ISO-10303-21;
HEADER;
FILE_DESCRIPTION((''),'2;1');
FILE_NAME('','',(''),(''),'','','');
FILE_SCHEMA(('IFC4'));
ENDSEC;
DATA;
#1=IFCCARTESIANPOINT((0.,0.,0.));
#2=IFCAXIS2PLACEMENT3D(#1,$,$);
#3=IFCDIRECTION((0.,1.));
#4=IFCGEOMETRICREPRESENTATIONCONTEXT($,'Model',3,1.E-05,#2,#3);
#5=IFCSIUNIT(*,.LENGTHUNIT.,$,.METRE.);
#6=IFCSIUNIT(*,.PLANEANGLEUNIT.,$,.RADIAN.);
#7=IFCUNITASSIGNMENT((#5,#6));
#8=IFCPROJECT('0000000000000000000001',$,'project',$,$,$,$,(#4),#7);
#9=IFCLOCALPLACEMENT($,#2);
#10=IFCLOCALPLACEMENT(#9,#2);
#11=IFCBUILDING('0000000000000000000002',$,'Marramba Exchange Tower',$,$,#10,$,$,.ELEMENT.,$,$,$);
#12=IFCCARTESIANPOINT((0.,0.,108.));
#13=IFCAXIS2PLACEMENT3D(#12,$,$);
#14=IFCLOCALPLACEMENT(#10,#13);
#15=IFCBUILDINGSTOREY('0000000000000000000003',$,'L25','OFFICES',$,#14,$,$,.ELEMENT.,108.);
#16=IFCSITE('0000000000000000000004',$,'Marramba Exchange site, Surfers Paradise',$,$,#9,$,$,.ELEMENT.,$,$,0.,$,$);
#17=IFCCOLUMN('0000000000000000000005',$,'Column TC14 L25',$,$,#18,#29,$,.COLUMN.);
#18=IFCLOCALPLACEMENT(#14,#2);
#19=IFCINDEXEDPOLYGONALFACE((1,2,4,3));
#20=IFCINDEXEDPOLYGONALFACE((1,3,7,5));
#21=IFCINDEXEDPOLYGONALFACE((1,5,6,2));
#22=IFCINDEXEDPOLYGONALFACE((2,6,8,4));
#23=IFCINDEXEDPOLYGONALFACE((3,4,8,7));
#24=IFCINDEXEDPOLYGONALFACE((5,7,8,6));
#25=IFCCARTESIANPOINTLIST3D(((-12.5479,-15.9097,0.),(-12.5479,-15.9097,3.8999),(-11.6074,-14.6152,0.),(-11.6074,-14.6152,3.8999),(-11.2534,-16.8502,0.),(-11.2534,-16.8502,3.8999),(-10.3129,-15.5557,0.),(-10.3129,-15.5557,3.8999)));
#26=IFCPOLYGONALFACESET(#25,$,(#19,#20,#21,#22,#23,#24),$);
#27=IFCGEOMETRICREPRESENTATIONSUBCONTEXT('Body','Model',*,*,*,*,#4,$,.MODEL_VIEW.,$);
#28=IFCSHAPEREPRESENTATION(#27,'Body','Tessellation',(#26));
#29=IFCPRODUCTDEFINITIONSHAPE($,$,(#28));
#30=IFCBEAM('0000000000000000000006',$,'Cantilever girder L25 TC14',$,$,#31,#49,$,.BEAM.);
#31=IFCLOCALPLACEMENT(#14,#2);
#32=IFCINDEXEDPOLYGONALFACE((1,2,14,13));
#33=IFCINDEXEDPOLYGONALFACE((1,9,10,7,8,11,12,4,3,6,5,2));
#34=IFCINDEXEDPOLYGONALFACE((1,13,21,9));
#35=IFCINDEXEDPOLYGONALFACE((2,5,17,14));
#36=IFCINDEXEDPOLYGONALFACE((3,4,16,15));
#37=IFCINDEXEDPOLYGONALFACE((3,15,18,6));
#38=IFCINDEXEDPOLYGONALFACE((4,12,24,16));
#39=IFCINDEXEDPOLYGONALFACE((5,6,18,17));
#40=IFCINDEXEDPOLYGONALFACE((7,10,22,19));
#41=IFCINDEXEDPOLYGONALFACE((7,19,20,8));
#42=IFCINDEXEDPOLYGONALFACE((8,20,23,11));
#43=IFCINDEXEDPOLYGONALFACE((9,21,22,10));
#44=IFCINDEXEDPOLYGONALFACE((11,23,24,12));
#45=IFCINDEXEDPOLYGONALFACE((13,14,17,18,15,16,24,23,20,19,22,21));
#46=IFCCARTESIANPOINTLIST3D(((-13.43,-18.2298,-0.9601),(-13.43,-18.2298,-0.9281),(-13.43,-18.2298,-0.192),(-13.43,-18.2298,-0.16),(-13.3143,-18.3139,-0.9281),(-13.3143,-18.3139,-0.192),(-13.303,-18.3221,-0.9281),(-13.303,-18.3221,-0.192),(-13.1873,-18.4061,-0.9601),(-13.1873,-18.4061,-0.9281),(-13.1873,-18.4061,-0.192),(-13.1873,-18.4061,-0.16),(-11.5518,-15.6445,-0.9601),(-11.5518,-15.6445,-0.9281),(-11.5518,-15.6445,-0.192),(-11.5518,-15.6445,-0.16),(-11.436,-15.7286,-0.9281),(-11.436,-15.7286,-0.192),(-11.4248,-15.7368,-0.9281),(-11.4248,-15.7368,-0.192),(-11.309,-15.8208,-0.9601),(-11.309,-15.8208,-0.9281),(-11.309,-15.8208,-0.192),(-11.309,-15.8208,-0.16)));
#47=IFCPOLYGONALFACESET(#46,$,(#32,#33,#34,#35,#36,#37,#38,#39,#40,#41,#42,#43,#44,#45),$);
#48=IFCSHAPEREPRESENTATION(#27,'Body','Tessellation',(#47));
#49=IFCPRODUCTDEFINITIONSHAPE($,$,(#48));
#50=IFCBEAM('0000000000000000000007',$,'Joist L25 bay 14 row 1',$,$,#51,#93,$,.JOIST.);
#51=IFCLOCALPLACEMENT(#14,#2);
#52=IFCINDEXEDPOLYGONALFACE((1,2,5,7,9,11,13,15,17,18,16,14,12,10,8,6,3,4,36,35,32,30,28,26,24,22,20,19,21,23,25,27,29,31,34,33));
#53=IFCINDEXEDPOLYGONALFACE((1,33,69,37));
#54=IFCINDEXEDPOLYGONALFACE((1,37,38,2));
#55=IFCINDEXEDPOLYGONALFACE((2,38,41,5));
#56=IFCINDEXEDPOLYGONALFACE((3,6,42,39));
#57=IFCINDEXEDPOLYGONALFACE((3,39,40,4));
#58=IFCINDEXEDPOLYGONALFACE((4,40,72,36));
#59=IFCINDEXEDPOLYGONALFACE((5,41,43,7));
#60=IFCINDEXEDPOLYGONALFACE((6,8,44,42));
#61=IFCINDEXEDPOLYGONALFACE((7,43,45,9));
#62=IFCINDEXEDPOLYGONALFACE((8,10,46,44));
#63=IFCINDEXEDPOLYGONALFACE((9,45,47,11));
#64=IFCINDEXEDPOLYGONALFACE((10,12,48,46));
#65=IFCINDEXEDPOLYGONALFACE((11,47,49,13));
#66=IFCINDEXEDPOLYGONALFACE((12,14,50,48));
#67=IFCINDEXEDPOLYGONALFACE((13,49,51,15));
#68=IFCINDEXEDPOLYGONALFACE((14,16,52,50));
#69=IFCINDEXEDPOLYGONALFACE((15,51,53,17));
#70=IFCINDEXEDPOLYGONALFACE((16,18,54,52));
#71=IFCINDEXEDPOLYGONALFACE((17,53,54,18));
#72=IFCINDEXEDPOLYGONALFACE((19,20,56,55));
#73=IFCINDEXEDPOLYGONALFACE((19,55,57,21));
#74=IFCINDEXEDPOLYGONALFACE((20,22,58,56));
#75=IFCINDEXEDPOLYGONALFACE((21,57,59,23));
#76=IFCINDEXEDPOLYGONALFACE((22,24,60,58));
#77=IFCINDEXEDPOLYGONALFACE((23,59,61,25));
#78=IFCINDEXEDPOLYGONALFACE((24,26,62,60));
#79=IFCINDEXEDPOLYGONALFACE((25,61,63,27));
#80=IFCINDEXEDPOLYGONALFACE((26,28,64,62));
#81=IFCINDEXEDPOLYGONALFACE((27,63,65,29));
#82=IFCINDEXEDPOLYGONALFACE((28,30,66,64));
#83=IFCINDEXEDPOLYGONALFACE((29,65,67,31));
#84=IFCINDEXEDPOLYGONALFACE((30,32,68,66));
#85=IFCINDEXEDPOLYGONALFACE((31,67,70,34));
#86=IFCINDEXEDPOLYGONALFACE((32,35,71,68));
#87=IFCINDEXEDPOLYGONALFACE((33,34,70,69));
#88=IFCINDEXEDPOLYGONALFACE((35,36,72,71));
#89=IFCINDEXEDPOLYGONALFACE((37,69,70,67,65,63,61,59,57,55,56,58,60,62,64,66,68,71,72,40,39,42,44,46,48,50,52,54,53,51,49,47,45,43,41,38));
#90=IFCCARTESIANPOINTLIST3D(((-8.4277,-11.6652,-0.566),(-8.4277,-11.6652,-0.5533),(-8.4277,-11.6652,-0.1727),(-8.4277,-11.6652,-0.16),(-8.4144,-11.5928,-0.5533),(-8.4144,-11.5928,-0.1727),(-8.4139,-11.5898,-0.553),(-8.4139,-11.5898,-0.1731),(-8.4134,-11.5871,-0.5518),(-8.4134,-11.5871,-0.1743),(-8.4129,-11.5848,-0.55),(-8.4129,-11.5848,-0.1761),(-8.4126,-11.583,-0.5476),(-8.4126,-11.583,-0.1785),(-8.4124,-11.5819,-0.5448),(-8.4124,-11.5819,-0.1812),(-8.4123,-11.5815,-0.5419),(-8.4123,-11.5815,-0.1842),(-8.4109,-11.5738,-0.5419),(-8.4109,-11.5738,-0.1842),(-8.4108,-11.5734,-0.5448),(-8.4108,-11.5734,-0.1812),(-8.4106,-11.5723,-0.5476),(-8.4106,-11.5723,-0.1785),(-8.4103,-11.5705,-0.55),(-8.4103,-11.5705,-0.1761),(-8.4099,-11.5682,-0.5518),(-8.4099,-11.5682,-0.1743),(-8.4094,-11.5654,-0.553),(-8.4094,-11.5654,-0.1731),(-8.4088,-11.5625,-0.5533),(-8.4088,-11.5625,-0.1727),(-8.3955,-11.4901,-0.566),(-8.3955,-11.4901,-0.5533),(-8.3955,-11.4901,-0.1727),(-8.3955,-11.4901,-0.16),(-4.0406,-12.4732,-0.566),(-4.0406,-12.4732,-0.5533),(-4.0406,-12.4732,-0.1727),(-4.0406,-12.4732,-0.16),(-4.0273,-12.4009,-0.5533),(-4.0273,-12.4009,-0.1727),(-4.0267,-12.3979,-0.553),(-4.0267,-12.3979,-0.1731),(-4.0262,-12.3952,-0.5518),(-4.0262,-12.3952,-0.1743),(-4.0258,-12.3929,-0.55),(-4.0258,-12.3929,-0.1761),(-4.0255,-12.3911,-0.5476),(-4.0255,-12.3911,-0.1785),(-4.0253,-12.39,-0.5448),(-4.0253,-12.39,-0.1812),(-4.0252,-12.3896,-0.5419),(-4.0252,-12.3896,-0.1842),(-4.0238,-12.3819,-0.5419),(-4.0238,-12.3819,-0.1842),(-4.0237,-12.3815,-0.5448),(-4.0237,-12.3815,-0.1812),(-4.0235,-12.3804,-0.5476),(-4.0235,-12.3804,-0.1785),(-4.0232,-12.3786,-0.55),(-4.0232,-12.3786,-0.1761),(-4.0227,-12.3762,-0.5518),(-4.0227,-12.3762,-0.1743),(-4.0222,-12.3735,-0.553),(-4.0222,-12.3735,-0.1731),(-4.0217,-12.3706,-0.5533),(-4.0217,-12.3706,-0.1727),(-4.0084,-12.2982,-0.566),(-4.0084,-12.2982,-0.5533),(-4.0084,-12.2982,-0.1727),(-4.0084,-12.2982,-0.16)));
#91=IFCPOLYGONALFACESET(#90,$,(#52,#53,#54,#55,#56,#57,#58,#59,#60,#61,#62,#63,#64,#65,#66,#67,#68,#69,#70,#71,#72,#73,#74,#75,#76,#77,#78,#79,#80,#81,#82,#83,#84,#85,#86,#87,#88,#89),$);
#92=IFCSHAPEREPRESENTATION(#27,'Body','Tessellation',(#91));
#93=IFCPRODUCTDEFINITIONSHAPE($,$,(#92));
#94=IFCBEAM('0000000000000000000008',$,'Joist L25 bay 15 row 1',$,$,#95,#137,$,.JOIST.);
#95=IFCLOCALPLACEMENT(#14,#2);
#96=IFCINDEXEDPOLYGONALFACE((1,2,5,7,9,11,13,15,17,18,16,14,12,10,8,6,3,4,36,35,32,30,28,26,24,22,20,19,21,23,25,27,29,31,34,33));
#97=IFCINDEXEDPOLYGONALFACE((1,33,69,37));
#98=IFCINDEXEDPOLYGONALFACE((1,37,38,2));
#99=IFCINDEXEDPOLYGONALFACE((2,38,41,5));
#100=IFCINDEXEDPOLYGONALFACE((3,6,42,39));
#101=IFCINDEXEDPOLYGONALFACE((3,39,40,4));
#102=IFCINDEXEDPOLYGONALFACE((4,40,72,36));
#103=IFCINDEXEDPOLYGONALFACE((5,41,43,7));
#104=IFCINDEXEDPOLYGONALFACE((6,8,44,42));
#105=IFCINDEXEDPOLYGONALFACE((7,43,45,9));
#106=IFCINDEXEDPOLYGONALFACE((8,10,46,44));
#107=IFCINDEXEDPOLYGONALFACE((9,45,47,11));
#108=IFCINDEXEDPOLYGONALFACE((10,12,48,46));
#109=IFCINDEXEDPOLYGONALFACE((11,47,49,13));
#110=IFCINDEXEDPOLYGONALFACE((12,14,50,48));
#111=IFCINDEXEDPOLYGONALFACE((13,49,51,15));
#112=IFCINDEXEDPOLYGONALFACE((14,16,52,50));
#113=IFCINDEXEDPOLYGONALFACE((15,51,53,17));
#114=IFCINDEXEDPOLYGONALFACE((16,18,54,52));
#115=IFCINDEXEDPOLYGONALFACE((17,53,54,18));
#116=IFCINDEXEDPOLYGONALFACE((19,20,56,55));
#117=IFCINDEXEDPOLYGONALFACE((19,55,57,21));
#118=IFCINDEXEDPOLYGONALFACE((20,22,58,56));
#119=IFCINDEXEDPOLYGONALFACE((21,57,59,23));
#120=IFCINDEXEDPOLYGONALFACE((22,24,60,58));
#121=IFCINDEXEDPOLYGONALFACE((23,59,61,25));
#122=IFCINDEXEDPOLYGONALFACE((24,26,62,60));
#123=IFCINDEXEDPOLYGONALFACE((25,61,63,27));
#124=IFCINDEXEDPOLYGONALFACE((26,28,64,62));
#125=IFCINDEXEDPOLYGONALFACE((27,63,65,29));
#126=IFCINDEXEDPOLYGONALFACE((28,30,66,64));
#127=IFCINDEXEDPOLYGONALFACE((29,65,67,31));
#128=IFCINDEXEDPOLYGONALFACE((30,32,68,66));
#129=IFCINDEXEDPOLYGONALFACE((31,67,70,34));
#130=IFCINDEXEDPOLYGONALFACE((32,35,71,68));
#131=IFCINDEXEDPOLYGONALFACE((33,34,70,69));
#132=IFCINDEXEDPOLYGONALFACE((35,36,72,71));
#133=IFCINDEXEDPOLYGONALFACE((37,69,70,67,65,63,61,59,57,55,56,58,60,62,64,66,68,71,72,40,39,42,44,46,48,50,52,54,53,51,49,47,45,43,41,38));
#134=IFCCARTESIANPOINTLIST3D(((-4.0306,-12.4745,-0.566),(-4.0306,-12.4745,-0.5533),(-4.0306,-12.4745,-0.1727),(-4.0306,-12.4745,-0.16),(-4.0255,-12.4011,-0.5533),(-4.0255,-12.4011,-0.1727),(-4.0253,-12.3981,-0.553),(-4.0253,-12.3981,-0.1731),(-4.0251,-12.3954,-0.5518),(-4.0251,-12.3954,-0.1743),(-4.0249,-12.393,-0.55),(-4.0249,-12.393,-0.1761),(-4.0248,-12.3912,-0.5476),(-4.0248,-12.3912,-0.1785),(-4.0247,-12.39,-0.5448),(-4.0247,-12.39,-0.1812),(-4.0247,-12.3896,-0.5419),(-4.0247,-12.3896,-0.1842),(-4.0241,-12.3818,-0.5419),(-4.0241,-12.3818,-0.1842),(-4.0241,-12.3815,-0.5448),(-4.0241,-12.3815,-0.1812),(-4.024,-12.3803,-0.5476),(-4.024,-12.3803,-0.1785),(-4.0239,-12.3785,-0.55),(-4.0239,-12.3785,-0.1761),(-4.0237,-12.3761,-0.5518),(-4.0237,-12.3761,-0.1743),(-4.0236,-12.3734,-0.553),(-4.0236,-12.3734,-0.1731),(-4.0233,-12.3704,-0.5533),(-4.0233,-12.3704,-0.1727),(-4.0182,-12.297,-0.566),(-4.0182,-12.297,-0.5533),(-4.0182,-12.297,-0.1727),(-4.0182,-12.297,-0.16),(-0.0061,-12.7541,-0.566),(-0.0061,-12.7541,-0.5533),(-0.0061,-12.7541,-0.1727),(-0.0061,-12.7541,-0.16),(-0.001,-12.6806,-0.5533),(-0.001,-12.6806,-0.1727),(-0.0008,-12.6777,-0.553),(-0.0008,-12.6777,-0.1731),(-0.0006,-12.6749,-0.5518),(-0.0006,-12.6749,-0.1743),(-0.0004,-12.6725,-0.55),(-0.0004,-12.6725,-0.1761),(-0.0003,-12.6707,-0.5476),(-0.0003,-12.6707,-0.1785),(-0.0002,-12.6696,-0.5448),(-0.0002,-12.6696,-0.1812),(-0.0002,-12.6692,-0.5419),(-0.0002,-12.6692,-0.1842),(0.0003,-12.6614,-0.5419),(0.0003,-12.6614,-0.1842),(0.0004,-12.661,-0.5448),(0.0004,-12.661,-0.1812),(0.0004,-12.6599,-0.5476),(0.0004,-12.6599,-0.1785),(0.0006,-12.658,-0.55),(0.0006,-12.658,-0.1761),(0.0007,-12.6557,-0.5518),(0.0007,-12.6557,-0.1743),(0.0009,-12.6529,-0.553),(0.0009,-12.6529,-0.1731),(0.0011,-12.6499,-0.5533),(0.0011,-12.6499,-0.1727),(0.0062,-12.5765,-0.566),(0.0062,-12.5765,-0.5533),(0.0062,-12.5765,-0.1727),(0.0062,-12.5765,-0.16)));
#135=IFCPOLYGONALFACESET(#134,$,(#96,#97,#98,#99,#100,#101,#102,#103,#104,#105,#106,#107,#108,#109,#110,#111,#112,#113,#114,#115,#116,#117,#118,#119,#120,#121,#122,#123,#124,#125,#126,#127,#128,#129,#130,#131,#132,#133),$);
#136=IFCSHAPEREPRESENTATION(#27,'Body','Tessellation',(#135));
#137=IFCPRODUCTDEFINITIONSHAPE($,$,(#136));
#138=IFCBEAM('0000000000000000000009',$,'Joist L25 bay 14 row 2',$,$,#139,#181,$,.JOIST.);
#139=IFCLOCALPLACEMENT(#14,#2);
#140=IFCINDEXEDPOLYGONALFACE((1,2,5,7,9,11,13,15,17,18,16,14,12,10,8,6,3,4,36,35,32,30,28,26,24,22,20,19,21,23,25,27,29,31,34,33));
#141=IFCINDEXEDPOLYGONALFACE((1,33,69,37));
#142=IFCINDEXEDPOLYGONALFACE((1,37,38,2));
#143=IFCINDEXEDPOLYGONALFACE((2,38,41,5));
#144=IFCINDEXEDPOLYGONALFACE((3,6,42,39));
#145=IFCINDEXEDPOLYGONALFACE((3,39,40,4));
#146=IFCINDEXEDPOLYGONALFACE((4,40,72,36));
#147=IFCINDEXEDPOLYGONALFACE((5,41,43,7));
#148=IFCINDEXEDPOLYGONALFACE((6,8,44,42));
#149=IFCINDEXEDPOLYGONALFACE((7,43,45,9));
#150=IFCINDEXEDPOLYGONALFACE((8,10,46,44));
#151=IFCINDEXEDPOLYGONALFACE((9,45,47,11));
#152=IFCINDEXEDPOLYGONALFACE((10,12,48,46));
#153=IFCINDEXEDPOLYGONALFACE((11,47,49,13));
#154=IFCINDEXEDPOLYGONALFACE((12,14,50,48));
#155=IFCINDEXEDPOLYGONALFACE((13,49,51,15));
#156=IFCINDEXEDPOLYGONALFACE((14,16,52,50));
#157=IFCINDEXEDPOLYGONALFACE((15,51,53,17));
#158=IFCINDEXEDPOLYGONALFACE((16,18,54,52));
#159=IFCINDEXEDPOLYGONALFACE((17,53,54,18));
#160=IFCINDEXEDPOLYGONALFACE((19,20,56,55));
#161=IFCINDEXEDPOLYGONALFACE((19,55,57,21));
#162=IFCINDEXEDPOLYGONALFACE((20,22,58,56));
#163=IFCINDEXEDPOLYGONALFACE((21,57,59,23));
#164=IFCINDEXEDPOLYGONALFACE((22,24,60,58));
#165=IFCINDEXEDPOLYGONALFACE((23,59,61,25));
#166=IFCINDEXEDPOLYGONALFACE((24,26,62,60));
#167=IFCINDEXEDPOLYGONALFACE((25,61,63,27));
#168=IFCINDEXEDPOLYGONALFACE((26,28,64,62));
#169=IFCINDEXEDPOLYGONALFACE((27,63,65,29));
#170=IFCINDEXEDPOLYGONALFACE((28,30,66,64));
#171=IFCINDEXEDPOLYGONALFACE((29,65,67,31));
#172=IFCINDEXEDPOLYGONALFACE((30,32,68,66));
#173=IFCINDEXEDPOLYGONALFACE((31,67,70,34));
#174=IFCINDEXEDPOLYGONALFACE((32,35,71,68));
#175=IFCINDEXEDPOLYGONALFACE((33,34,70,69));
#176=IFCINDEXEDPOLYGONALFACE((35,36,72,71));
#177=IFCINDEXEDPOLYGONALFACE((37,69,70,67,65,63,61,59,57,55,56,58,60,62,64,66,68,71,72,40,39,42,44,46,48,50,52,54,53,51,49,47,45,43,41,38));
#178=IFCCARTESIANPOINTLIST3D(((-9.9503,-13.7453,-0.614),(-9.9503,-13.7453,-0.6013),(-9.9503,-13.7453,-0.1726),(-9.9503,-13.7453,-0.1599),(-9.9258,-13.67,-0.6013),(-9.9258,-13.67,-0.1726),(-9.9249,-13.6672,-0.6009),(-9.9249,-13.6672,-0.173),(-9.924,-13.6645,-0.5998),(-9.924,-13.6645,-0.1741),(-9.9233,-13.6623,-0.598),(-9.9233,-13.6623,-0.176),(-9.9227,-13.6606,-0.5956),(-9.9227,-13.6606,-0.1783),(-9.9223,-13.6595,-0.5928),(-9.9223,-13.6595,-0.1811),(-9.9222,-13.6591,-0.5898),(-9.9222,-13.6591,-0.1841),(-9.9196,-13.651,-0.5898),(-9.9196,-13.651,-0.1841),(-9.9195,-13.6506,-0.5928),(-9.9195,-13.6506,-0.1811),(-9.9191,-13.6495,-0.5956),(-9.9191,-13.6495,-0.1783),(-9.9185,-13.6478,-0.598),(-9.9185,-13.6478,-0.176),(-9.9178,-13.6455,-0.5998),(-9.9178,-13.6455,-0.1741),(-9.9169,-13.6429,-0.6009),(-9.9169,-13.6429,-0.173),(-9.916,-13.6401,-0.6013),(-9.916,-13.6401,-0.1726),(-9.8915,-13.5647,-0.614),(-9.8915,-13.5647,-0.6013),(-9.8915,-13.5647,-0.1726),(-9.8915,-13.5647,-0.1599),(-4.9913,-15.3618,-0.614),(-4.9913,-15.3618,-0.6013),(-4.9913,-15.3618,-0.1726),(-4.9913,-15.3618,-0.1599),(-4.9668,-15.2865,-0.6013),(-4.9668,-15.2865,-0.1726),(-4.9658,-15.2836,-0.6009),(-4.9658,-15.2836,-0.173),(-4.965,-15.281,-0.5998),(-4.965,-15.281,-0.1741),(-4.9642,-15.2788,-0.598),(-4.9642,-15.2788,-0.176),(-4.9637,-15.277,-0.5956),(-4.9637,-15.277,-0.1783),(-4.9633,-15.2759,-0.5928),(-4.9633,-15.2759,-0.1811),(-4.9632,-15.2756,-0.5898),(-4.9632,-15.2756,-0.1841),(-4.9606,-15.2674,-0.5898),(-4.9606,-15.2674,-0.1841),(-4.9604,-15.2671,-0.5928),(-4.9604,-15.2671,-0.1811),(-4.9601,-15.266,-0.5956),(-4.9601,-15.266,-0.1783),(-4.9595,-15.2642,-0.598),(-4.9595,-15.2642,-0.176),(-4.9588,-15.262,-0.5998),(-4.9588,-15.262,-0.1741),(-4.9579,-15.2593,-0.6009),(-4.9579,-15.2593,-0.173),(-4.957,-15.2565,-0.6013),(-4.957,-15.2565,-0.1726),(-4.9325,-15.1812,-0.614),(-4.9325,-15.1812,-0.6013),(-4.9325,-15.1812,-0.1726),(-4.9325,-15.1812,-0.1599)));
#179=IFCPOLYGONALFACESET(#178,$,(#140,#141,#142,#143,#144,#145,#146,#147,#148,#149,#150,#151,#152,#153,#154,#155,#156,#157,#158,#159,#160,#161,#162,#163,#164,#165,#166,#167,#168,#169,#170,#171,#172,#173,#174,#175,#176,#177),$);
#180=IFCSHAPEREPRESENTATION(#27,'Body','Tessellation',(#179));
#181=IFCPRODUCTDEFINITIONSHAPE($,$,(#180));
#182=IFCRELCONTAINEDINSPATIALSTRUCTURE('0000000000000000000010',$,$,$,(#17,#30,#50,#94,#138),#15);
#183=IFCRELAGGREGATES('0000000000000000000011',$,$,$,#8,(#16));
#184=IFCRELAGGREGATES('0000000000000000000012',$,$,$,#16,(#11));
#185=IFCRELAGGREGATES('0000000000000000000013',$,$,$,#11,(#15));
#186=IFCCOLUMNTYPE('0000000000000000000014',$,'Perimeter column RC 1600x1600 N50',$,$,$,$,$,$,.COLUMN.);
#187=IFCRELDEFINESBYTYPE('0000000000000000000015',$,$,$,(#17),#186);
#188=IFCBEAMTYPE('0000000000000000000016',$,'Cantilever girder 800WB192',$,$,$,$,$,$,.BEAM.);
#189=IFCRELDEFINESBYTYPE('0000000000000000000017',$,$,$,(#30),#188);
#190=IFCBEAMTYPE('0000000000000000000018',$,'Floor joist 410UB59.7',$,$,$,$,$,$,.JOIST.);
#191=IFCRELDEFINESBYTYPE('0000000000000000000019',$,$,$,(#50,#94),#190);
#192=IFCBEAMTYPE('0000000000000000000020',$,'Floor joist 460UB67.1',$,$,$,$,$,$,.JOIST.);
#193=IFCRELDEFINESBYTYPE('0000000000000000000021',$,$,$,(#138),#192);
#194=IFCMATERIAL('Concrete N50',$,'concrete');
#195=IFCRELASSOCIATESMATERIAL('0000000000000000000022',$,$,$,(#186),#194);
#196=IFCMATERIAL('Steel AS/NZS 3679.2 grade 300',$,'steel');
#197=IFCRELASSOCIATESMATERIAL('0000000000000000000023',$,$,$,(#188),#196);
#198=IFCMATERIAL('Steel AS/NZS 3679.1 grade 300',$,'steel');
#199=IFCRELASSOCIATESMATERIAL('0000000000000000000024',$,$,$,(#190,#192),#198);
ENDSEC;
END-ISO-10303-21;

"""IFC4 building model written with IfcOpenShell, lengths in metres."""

from ifc_helpers import new_model, si_unit, direction, frame, origin, origin_2d, place, context, subcontext, project, spatial, rectangle, i_section, extrude, material, material_profile, profile_set, type_object, element, save


model = new_model("IFC4")

# Units and contexts
model_context = context("Model", 3, precision=1e-05, world=origin(), true_north=direction((0.0, 1.0)))
body_context = subcontext(model_context, "Body", "Model", "MODEL_VIEW")
ifc_project = project(units=[si_unit("LENGTHUNIT", "METRE"), si_unit("PLANEANGLEUNIT", "RADIAN")], contexts=[model_context])

# Site, building, storey
site_placement = place(None, origin())
site = spatial("IfcSite", under=ifc_project, at=site_placement, Name="Marramba Exchange site, Surfers Paradise", CompositionType="ELEMENT", RefElevation=0.0)
building_placement = place(site_placement, origin())
building = spatial("IfcBuilding", under=site, at=building_placement, Name="Marramba Exchange Tower", CompositionType="ELEMENT")
storey_placement = place(building_placement, frame((0.0, 0.0, 108.0)))
storey = spatial("IfcBuildingStorey", under=building, at=storey_placement, Name="L25", Description="OFFICES", CompositionType="ELEMENT", Elevation=108.0)

# Column
ifc_material_1 = material(Name="Concrete N50", Category="concrete")
ifc_material_profile_1 = material_profile(ifc_material_1, rectangle(XDim=1.6001, YDim=1.6001, at=origin_2d()), Name="RC 1600x1600")
ifc_profile_set_1 = profile_set([ifc_material_profile_1], Name="Concrete N50")
column_type = type_object("IfcColumnType", Name="Perimeter column RC 1600x1600 N50", PredefinedType="COLUMN", material=ifc_profile_set_1)
column_placement = place(storey_placement, frame((-11.4304, -15.7327, 0.0), z_axis=(0.0, 0.0, 1.0), x_axis=(-0.587785, -0.809017, 0.0)))
element("IfcColumn", 1, at=column_placement, inside=storey, type_object=column_type, Name="Column TC14 L25", PredefinedType="COLUMN", context=body_context, shape_type="SweptSolid", body=[
    extrude(rectangle(XDim=1.6001, YDim=1.6001, at=origin_2d()), origin(), (0.0, 0.0, 1.0), 3.8999),
])

# Beams
ifc_material_2 = material(Name="Steel AS/NZS 3679.2 grade 300", Category="steel")
ifc_material_profile_2 = material_profile(ifc_material_2, i_section(OverallWidth=0.3, OverallDepth=0.8, WebThickness=0.0139, FlangeThickness=0.032, at=origin_2d()), Name="800WB192")
ifc_profile_set_2 = profile_set([ifc_material_profile_2], Name="Steel AS/NZS 3679.2 grade 300")
beam_type_1 = type_object("IfcBeamType", Name="Cantilever girder 800WB192", PredefinedType="BEAM", material=ifc_profile_set_2)
beam_1_placement = place(storey_placement, frame((-11.4304, -15.7327, -0.5601), z_axis=(-0.587767, -0.80903, 0.0), x_axis=(0.80903, -0.587767, 0.0)))
element("IfcBeam", 2, at=beam_1_placement, inside=storey, type_object=beam_type_1, Name="Cantilever girder L25 TC14", PredefinedType="BEAM", context=body_context, shape_type="SweptSolid", body=[
    extrude(i_section(OverallWidth=0.3, OverallDepth=0.8, WebThickness=0.0139, FlangeThickness=0.032, at=origin_2d()), origin(), (0.0, 0.0, 1.0), 3.1956),
])
ifc_material_3 = material(Name="Steel AS/NZS 3679.1 grade 300", Category="steel")
ifc_material_profile_3 = material_profile(ifc_material_3, i_section(OverallWidth=0.178, OverallDepth=0.406, WebThickness=0.0078, FlangeThickness=0.0127, FilletRadius=0.0115, at=origin_2d()), Name="410UB59.7")
ifc_profile_set_3 = profile_set([ifc_material_profile_3], Name="Steel AS/NZS 3679.1 grade 300")
beam_type_2 = type_object("IfcBeamType", Name="Floor joist 410UB59.7", PredefinedType="JOIST", material=ifc_profile_set_3)
beam_2_placement = place(storey_placement, frame((-8.4116, -11.5776, -0.363), z_axis=(0.983456, -0.181149, 0.0), x_axis=(0.181149, 0.983456, 0.0)))
element("IfcBeam", 3, at=beam_2_placement, inside=storey, type_object=beam_type_2, Name="Joist L25 bay 14 row 1", PredefinedType="JOIST", context=body_context, shape_type="SweptSolid", body=[
    extrude(i_section(OverallWidth=0.178, OverallDepth=0.406, WebThickness=0.0078, FlangeThickness=0.0127, FilletRadius=0.0115, at=origin_2d()), origin(), (0.0, 0.0, 1.0), 4.4609),
])
beam_3_placement = place(storey_placement, frame((-4.0244, -12.3857, -0.363), z_axis=(0.997596, -0.069294, 0.0), x_axis=(0.069294, 0.997596, 0.0)))
element("IfcBeam", 4, at=beam_3_placement, inside=storey, type_object=beam_type_2, Name="Joist L25 bay 15 row 1", PredefinedType="JOIST", context=body_context, shape_type="SweptSolid", body=[
    extrude(i_section(OverallWidth=0.178, OverallDepth=0.406, WebThickness=0.0078, FlangeThickness=0.0127, FilletRadius=0.0115, at=origin_2d()), origin(), (0.0, 0.0, 1.0), 4.0342),
])
ifc_material_profile_4 = material_profile(ifc_material_3, i_section(OverallWidth=0.1899, OverallDepth=0.4541, WebThickness=0.0085, FlangeThickness=0.0127, FilletRadius=0.0115, at=origin_2d()), Name="460UB67.1")
ifc_profile_set_4 = profile_set([ifc_material_profile_4], Name="Steel AS/NZS 3679.1 grade 300")
beam_type_3 = type_object("IfcBeamType", Name="Floor joist 460UB67.1", PredefinedType="JOIST", material=ifc_profile_set_4)
beam_4_placement = place(storey_placement, frame((-9.9209, -13.655, -0.387), z_axis=(0.950764, -0.309916, 0.0), x_axis=(0.309916, 0.950764, 0.0)))
element("IfcBeam", 5, at=beam_4_placement, inside=storey, type_object=beam_type_3, Name="Joist L25 bay 14 row 2", PredefinedType="JOIST", context=body_context, shape_type="SweptSolid", body=[
    extrude(i_section(OverallWidth=0.1899, OverallDepth=0.4541, WebThickness=0.0085, FlangeThickness=0.0127, FilletRadius=0.0115, at=origin_2d()), origin(), (0.0, 0.0, 1.0), 5.2158),
])

save(model, "model.ifc")
